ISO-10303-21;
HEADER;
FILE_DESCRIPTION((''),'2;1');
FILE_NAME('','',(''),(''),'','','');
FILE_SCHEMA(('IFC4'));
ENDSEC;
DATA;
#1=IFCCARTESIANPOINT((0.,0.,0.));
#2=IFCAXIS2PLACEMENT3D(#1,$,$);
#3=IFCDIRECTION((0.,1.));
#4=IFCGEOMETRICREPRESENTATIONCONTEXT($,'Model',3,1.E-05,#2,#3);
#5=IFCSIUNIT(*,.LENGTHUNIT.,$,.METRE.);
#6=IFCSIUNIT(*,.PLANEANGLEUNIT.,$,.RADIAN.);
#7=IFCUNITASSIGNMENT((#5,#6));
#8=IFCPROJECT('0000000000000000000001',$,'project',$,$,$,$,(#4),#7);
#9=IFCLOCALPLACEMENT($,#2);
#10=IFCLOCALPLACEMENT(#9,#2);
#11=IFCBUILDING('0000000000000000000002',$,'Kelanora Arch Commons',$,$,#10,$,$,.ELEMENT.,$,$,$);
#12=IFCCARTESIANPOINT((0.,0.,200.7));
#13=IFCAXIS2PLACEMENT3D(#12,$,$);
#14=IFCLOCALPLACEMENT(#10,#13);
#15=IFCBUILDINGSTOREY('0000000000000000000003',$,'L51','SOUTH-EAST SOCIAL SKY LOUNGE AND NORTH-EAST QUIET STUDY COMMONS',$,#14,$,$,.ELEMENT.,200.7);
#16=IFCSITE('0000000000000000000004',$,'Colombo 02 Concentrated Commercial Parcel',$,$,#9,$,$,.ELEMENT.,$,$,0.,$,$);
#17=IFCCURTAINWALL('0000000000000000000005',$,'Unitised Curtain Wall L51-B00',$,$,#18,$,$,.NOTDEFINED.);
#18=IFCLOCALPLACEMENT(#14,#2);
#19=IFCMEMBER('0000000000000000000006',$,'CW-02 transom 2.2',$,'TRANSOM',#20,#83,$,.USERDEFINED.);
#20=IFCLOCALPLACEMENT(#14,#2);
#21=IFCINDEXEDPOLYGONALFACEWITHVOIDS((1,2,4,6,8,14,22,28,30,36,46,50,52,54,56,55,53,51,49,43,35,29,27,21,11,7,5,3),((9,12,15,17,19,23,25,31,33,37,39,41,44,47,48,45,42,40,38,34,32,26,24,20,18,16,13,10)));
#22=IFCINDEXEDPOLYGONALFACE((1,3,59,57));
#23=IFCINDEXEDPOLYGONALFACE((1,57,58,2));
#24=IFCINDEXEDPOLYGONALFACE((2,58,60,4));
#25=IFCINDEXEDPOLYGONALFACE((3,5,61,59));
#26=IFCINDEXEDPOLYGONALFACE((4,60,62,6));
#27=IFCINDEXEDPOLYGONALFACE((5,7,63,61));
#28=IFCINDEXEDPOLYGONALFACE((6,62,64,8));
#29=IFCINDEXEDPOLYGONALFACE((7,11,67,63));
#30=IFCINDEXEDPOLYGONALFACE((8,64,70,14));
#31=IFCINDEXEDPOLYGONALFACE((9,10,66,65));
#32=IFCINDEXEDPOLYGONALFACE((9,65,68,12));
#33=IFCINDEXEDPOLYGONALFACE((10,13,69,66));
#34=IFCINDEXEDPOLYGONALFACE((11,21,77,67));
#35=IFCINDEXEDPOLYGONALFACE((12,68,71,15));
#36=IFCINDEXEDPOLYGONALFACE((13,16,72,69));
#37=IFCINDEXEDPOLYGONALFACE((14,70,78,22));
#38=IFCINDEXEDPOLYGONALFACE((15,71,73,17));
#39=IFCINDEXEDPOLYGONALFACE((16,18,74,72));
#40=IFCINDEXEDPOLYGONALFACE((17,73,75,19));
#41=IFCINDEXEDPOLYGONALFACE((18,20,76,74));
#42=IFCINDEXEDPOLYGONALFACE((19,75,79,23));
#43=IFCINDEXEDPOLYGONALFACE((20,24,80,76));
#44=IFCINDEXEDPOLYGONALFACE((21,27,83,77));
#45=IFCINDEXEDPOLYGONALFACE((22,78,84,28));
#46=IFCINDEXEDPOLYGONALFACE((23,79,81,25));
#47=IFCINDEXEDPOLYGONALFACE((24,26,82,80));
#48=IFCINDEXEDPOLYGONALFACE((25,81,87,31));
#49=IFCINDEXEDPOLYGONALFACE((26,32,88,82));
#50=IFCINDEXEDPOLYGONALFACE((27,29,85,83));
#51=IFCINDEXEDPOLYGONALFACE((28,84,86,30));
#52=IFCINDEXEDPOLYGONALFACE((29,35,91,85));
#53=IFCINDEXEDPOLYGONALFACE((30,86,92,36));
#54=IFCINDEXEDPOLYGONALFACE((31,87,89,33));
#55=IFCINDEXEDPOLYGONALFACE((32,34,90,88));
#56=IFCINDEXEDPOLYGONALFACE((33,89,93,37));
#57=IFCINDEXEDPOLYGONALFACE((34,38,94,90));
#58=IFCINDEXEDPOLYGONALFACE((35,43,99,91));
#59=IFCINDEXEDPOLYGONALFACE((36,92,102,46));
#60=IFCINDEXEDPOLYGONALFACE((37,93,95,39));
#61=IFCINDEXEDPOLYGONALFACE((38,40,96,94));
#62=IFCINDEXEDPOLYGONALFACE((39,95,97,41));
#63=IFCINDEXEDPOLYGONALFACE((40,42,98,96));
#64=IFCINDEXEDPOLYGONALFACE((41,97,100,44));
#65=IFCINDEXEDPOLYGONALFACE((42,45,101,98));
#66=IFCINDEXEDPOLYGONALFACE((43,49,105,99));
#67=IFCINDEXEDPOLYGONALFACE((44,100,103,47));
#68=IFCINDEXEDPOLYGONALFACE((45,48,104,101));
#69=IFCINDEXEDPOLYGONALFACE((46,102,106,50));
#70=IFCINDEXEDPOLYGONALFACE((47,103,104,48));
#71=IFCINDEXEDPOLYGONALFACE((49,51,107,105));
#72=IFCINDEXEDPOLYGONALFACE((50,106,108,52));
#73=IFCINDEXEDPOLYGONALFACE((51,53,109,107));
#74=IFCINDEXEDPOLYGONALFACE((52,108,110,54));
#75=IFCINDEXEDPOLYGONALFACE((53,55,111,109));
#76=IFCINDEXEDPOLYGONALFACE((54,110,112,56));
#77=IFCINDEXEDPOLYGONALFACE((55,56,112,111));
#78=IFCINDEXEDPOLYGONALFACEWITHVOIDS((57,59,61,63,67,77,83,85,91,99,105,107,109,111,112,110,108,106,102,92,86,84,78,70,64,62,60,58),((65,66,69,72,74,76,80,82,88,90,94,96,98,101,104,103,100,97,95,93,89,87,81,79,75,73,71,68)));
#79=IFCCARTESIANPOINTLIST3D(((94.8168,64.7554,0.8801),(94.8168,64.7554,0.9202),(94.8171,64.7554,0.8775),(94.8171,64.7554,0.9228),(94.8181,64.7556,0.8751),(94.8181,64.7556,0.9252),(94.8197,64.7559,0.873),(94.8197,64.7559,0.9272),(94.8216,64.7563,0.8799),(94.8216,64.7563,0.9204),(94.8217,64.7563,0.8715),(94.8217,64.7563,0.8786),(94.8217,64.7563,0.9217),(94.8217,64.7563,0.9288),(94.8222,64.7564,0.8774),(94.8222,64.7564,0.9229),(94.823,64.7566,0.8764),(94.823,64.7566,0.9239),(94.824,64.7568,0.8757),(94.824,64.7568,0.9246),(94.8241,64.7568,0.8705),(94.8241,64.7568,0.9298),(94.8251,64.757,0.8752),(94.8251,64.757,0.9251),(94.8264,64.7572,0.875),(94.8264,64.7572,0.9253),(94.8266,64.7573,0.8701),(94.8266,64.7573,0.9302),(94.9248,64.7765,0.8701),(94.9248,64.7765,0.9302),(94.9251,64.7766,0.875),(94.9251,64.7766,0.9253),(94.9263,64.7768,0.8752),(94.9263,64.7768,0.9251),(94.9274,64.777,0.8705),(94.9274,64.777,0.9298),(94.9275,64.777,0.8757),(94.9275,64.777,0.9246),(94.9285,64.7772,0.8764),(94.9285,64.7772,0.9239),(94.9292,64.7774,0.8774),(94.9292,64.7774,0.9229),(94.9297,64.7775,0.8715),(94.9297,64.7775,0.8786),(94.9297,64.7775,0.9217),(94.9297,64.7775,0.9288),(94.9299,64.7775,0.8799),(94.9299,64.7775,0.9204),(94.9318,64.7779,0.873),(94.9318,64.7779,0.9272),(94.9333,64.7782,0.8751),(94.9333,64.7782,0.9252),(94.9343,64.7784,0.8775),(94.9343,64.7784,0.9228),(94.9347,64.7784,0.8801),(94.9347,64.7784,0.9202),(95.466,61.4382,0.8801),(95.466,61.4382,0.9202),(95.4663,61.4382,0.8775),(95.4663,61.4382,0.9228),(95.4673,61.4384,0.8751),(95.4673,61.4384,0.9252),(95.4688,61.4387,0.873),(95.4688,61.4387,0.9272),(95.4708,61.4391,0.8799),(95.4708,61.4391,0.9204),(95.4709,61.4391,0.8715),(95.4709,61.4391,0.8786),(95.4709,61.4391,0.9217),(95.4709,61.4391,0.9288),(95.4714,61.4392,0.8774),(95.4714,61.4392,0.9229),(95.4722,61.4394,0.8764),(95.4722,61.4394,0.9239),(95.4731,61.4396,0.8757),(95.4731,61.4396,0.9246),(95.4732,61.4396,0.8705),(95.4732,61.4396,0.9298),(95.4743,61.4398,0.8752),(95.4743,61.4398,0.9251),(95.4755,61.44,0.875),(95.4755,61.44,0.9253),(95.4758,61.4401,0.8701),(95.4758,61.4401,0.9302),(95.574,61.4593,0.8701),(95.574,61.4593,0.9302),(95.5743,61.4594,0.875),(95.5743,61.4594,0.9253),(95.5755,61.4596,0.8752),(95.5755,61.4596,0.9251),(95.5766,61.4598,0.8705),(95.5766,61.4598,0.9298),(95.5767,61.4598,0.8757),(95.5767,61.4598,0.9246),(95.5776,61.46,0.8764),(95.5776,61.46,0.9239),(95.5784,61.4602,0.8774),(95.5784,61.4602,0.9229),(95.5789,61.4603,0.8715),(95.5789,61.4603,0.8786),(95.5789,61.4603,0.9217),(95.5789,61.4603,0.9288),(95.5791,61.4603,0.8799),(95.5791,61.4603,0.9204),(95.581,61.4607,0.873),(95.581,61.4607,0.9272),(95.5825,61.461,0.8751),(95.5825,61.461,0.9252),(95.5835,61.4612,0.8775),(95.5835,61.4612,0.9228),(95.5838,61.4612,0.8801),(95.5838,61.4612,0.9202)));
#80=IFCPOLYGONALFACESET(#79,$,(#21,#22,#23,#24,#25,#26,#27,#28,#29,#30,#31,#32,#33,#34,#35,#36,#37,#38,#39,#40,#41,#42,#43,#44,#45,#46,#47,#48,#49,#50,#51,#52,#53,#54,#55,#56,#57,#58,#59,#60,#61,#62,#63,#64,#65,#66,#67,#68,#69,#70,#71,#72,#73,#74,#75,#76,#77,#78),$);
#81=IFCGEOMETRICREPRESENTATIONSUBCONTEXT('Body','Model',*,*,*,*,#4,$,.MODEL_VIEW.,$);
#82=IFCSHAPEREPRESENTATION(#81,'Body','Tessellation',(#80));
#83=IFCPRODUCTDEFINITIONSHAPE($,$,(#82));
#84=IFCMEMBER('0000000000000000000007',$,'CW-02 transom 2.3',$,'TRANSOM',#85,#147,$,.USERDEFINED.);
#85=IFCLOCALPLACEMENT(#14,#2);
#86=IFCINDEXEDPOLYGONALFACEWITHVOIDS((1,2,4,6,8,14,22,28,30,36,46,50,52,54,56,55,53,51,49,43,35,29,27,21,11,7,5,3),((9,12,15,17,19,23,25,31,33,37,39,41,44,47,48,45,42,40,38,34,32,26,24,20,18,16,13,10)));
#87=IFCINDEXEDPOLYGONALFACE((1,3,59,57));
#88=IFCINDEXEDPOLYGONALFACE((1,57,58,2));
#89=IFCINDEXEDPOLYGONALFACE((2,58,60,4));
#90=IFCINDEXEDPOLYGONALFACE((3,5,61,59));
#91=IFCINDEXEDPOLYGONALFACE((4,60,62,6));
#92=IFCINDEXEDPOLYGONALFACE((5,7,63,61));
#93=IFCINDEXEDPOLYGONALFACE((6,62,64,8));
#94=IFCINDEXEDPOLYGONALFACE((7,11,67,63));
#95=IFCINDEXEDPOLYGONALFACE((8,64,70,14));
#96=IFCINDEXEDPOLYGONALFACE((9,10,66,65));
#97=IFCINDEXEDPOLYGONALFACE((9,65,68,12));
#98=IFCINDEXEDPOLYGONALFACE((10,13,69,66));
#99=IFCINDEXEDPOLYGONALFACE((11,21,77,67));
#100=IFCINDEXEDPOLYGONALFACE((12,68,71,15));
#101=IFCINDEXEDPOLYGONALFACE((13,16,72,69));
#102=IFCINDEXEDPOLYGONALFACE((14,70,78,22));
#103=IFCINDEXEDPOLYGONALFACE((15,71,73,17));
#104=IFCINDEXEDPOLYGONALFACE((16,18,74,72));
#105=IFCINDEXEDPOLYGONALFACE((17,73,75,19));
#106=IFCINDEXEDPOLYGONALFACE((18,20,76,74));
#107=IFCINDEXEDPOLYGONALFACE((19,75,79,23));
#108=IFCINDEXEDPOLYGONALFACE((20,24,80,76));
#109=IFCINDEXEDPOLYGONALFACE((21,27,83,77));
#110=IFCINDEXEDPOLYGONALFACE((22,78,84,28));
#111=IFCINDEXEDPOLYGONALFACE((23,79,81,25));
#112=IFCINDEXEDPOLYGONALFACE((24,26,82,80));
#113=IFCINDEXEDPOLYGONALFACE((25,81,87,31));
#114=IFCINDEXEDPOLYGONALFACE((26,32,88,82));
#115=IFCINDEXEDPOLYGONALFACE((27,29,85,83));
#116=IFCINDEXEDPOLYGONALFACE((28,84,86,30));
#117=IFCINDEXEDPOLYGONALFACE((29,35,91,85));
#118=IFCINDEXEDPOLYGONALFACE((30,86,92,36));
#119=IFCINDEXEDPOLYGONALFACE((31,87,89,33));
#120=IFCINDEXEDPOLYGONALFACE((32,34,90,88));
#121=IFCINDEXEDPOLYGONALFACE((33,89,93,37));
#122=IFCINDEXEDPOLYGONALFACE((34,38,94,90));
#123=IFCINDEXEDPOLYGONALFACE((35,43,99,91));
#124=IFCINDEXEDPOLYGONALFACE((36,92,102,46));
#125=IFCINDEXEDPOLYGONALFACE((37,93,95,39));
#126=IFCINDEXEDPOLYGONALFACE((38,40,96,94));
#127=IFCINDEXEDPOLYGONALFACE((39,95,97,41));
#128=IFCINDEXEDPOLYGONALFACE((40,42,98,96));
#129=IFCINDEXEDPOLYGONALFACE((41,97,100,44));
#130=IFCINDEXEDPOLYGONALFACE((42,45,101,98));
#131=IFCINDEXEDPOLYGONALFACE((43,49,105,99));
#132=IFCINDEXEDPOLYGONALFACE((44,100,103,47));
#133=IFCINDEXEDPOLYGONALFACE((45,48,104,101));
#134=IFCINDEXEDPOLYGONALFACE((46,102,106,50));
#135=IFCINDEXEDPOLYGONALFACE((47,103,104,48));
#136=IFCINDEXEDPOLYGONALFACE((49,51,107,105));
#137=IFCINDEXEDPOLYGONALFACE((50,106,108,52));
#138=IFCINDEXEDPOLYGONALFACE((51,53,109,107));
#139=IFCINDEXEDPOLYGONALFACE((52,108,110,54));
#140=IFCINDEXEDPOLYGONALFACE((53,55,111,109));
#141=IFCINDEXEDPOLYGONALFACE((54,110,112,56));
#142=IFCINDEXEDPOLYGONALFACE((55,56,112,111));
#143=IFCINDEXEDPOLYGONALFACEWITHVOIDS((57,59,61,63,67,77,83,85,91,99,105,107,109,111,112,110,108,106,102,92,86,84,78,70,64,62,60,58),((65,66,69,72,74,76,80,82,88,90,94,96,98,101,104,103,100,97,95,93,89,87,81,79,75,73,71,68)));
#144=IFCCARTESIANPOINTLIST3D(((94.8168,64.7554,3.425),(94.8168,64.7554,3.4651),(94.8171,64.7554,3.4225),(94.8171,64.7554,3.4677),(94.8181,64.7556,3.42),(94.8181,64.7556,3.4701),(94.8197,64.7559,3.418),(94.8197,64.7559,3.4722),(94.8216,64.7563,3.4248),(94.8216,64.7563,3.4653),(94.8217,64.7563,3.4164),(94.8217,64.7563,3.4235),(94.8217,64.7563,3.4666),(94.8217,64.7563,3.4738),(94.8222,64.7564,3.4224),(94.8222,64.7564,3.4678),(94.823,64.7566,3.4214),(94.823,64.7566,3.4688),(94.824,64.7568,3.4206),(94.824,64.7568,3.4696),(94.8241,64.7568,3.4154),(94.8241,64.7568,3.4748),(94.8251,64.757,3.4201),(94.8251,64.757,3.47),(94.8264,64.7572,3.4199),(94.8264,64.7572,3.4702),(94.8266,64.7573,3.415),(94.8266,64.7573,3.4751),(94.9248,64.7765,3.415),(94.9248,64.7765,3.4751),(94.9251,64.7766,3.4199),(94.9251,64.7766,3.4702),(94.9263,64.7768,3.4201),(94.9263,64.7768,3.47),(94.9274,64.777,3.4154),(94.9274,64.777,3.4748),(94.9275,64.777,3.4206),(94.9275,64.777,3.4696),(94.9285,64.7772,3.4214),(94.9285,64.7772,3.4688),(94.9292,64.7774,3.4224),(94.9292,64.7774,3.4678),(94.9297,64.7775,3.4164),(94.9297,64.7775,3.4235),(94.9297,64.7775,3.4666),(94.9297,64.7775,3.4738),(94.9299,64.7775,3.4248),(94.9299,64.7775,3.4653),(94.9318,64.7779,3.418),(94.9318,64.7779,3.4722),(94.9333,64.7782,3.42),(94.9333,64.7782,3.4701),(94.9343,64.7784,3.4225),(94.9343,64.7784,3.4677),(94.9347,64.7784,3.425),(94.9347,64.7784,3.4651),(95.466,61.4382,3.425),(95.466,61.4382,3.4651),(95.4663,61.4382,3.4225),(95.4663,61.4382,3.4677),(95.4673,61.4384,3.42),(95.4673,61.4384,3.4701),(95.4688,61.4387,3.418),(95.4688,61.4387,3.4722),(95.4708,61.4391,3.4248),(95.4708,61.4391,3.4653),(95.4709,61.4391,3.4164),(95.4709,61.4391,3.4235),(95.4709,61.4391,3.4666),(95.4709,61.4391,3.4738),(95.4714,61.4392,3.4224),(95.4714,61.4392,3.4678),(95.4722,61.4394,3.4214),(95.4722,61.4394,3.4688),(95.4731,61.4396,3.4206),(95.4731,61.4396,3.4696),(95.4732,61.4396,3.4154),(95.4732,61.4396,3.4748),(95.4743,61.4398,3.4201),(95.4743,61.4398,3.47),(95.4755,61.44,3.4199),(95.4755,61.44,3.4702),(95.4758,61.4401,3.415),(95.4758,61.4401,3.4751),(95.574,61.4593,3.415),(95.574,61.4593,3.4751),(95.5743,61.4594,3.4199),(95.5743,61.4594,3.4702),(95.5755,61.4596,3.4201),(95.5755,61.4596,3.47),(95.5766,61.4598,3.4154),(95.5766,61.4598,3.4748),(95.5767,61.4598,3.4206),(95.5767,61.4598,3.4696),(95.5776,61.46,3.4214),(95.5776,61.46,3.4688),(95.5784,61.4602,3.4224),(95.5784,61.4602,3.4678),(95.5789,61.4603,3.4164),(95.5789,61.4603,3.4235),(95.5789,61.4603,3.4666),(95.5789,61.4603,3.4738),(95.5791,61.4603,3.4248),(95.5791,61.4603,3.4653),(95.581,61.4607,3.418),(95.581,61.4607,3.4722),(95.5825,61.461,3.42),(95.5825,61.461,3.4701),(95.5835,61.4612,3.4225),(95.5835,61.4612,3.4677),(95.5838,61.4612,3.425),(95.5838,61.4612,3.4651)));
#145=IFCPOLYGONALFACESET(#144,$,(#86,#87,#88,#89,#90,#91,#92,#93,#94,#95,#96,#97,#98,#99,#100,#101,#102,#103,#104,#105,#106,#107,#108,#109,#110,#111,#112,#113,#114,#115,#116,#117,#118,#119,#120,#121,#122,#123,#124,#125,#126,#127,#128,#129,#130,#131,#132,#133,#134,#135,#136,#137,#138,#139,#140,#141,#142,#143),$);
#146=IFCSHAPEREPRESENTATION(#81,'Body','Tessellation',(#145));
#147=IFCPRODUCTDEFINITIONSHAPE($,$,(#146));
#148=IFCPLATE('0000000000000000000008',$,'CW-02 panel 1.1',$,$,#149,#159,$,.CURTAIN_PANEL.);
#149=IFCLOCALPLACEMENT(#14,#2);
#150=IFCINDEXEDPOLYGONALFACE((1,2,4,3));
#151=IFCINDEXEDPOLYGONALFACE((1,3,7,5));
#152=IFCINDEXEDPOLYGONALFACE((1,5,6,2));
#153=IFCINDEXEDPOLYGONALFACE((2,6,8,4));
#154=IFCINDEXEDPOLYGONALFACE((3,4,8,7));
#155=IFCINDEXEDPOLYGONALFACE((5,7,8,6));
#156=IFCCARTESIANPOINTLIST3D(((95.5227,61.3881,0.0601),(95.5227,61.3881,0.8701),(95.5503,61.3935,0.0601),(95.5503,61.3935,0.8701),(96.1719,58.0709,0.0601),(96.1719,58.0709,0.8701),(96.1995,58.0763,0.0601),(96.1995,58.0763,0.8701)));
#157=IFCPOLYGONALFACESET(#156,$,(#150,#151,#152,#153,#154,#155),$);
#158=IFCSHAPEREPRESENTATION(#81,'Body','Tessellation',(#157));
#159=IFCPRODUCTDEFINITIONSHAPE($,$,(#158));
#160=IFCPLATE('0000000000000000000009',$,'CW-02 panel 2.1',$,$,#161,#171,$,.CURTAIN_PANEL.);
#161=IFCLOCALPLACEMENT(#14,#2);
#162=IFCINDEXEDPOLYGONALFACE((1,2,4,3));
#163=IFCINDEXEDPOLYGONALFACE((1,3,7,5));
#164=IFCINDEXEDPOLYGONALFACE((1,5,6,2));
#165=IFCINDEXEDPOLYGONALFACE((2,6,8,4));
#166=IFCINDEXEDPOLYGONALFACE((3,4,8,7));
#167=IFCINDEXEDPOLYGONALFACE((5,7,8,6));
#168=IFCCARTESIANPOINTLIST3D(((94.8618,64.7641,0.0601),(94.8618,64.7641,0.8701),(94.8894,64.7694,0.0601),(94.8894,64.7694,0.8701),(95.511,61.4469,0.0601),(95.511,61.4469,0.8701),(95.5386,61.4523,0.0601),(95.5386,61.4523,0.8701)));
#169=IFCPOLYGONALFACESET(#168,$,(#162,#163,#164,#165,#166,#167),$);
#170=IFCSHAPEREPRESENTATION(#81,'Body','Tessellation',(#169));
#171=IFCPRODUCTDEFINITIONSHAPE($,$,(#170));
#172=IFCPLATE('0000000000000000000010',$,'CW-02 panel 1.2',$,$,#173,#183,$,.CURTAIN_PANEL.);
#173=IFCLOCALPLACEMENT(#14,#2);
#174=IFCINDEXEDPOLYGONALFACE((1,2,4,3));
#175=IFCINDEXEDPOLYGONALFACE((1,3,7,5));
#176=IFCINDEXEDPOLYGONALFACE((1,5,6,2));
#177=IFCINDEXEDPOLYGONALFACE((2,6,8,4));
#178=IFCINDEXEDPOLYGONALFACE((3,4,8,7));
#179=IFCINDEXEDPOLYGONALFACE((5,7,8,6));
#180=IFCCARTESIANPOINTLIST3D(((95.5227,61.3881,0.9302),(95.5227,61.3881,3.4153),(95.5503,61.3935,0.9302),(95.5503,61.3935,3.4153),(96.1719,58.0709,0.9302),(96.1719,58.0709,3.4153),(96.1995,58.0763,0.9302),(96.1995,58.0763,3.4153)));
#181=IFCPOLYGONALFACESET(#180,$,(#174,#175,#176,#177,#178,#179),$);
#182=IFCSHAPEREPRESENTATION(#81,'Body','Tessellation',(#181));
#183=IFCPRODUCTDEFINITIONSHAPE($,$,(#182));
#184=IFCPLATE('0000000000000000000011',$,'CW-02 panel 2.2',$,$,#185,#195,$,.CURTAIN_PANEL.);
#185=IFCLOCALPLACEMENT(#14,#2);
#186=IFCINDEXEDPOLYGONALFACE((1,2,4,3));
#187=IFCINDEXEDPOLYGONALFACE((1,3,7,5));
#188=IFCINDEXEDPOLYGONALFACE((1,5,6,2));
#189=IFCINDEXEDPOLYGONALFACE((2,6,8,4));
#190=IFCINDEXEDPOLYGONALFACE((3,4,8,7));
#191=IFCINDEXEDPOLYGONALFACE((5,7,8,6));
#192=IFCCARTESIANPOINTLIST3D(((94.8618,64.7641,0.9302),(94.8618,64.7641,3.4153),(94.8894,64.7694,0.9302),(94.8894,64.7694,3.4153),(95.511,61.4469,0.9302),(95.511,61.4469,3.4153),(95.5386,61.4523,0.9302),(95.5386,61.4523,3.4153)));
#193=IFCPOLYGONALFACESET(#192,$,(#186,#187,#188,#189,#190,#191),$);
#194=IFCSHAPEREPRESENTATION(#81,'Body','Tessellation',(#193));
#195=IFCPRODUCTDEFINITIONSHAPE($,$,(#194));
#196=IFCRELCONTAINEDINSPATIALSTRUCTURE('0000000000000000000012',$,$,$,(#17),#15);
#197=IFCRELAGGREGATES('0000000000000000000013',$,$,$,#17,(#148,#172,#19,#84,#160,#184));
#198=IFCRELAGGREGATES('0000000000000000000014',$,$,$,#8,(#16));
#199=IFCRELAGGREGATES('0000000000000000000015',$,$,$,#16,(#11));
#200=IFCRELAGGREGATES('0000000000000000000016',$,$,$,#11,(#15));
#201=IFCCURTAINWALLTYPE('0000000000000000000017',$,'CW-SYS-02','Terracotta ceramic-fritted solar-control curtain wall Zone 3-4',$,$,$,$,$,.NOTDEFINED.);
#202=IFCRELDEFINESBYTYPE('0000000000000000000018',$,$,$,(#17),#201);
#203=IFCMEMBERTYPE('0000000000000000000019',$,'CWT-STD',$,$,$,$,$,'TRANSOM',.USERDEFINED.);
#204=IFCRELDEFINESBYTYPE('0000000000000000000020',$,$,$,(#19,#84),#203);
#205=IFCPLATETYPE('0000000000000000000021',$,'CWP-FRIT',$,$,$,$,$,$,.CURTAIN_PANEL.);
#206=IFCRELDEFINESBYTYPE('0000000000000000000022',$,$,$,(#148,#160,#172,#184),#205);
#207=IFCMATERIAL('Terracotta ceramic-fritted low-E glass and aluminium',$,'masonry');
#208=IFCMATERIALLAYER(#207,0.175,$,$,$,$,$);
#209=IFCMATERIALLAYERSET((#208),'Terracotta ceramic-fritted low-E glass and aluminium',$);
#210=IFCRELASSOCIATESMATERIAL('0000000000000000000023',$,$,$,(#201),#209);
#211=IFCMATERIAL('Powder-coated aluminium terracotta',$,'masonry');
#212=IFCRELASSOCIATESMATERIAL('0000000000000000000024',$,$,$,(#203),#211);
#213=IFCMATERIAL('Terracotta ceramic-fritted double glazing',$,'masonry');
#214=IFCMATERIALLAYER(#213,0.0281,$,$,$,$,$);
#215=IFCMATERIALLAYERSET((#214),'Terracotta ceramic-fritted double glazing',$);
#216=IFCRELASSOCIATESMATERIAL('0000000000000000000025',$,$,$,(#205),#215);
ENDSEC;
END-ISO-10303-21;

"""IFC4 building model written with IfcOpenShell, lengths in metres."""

from ifc_helpers import new_model, si_unit, direction, frame, origin, origin_2d, place, context, subcontext, project, spatial, rectangle, hollow_rectangle, extrude, source, transform, mapped, material, layer, layer_set, material_profile, profile_set, type_object, element, aggregate, save


model = new_model("IFC4")

# Units and contexts
model_context = context("Model", 3, precision=1e-05, world=origin(), true_north=direction((0.0, 1.0)))
body_context = subcontext(model_context, "Body", "Model", "MODEL_VIEW")
ifc_project = project(units=[si_unit("LENGTHUNIT", "METRE"), si_unit("PLANEANGLEUNIT", "RADIAN")], contexts=[model_context])

# Site, building, storey
site_placement = place(None, origin())
site = spatial("IfcSite", under=ifc_project, at=site_placement, Name="Colombo 02 Concentrated Commercial Parcel", CompositionType="ELEMENT", RefElevation=0.0)
building_placement = place(site_placement, origin())
building = spatial("IfcBuilding", under=site, at=building_placement, Name="Kelanora Arch Commons", CompositionType="ELEMENT")
storey_placement = place(building_placement, frame((0.0, 0.0, 200.7)))
storey = spatial("IfcBuildingStorey", under=building, at=storey_placement, Name="L51", Description="SOUTH-EAST SOCIAL SKY LOUNGE AND NORTH-EAST QUIET STUDY COMMONS", CompositionType="ELEMENT", Elevation=200.7)

# Curtain wall, members, plates
ifc_material_1 = material(Name="Terracotta ceramic-fritted low-E glass and aluminium", Category="masonry")
ifc_layer_1 = layer(ifc_material_1, 0.175)
ifc_layer_set_1 = layer_set([ifc_layer_1], Name="Terracotta ceramic-fritted low-E glass and aluminium")
curtain_wall_type = type_object("IfcCurtainWallType", Name="CW-SYS-02", Description="Terracotta ceramic-fritted solar-control curtain wall Zone 3-4", PredefinedType="NOTDEFINED", material=ifc_layer_set_1)
curtain_wall_placement = place(storey_placement, origin())
curtain_wall = element("IfcCurtainWall", 1, at=curtain_wall_placement, inside=storey, type_object=curtain_wall_type, Name="Unitised Curtain Wall L51-B00", PredefinedType="NOTDEFINED")
ifc_material_2 = material(Name="Powder-coated aluminium terracotta", Category="masonry")
ifc_material_profile_1 = material_profile(ifc_material_2, hollow_rectangle(XDim=0.1201, YDim=0.0601, WallThickness=0.0049, InnerFilletRadius=0.0049, OuterFilletRadius=0.01, at=origin_2d()), Name="CWT120x60")
ifc_profile_set_1 = profile_set([ifc_material_profile_1], Name="Powder-coated aluminium terracotta")
member_type_1 = type_object("IfcMemberType", Name="CWT-STD", ElementType="TRANSOM", PredefinedType="USERDEFINED", material=ifc_profile_set_1)
member_1_placement = place(storey_placement, frame((95.5249, 61.4497, 0.9001), z_axis=(-0.192058, 0.981383, 0.0), x_axis=(-0.981383, -0.192058, 0.0)))
member_1 = element("IfcMember", 2, at=member_1_placement, type_object=member_type_1, Name="CW-02 transom 2.2", ObjectType="TRANSOM", PredefinedType="USERDEFINED", context=body_context, shape_type="SweptSolid", body=[
    extrude(hollow_rectangle(XDim=0.1201, YDim=0.0601, WallThickness=0.0049, InnerFilletRadius=0.0049, OuterFilletRadius=0.01, at=origin_2d()), origin(), (0.0, 0.0, 1.0), 3.3801),
])
member_2_placement = place(storey_placement, frame((95.5249, 61.4497, 3.4451), z_axis=(-0.192058, 0.981383, 0.0), x_axis=(-0.981383, -0.192058, 0.0)))
member_2 = element("IfcMember", 3, at=member_2_placement, type_object=member_type_1, Name="CW-02 transom 2.3", ObjectType="TRANSOM", PredefinedType="USERDEFINED", context=body_context, shape_type="SweptSolid", body=[
    extrude(hollow_rectangle(XDim=0.1201, YDim=0.0601, WallThickness=0.0049, InnerFilletRadius=0.0049, OuterFilletRadius=0.01, at=origin_2d()), origin(), (0.0, 0.0, 1.0), 3.3801),
])
ifc_material_3 = material(Name="Terracotta ceramic-fritted double glazing", Category="masonry")
ifc_layer_2 = layer(ifc_material_3, 0.0281)
ifc_layer_set_2 = layer_set([ifc_layer_2], Name="Terracotta ceramic-fritted double glazing")
plate_type = type_object("IfcPlateType", Name="CWP-FRIT", PredefinedType="CURTAIN_PANEL", material=ifc_layer_set_2)
shared_shape_1 = source(origin(), body_context, "Body", "SweptSolid", [
    extrude(rectangle(XDim=3.3801, YDim=0.0281, at=origin_2d()), origin(), (0.0, 0.0, 1.0), 0.8101),
])
plate_1_placement = place(storey_placement, frame((95.8611, 59.7322, 0.0601), z_axis=(0.0, 0.0, 1.0), x_axis=(-0.192069, 0.981381, 0.0)))
plate_1 = element("IfcPlate", 4, at=plate_1_placement, type_object=plate_type, Name="CW-02 panel 1.1", PredefinedType="CURTAIN_PANEL", context=body_context, shape_type="MappedRepresentation", body=[
    mapped(shared_shape_1, transform((0.0, 0.0, 0.0), scale=1.0)),
])
plate_2_placement = place(storey_placement, frame((95.2002, 63.1082, 0.0601), z_axis=(0.0, 0.0, 1.0), x_axis=(-0.192069, 0.981381, 0.0)))
plate_2 = element("IfcPlate", 5, at=plate_2_placement, type_object=plate_type, Name="CW-02 panel 2.1", PredefinedType="CURTAIN_PANEL", context=body_context, shape_type="MappedRepresentation", body=[
    mapped(shared_shape_1, transform((0.0, 0.0, 0.0), scale=1.0)),
])
shared_shape_2 = source(origin(), body_context, "Body", "SweptSolid", [
    extrude(rectangle(XDim=3.3801, YDim=0.0281, at=origin_2d()), origin(), (0.0, 0.0, 1.0), 2.4851),
])
plate_3_placement = place(storey_placement, frame((95.8611, 59.7322, 0.9302), z_axis=(0.0, 0.0, 1.0), x_axis=(-0.192069, 0.981381, 0.0)))
plate_3 = element("IfcPlate", 6, at=plate_3_placement, type_object=plate_type, Name="CW-02 panel 1.2", PredefinedType="CURTAIN_PANEL", context=body_context, shape_type="MappedRepresentation", body=[
    mapped(shared_shape_2, transform((0.0, 0.0, 0.0), scale=1.0)),
])
plate_4_placement = place(storey_placement, frame((95.2002, 63.1082, 0.9302), z_axis=(0.0, 0.0, 1.0), x_axis=(-0.192069, 0.981381, 0.0)))
plate_4 = element("IfcPlate", 7, at=plate_4_placement, type_object=plate_type, Name="CW-02 panel 2.2", PredefinedType="CURTAIN_PANEL", context=body_context, shape_type="MappedRepresentation", body=[
    mapped(shared_shape_2, transform((0.0, 0.0, 0.0), scale=1.0)),
])
aggregate(curtain_wall, [plate_1, plate_3, member_1, member_2, plate_2, plate_4])

save(model, "model.ifc")
